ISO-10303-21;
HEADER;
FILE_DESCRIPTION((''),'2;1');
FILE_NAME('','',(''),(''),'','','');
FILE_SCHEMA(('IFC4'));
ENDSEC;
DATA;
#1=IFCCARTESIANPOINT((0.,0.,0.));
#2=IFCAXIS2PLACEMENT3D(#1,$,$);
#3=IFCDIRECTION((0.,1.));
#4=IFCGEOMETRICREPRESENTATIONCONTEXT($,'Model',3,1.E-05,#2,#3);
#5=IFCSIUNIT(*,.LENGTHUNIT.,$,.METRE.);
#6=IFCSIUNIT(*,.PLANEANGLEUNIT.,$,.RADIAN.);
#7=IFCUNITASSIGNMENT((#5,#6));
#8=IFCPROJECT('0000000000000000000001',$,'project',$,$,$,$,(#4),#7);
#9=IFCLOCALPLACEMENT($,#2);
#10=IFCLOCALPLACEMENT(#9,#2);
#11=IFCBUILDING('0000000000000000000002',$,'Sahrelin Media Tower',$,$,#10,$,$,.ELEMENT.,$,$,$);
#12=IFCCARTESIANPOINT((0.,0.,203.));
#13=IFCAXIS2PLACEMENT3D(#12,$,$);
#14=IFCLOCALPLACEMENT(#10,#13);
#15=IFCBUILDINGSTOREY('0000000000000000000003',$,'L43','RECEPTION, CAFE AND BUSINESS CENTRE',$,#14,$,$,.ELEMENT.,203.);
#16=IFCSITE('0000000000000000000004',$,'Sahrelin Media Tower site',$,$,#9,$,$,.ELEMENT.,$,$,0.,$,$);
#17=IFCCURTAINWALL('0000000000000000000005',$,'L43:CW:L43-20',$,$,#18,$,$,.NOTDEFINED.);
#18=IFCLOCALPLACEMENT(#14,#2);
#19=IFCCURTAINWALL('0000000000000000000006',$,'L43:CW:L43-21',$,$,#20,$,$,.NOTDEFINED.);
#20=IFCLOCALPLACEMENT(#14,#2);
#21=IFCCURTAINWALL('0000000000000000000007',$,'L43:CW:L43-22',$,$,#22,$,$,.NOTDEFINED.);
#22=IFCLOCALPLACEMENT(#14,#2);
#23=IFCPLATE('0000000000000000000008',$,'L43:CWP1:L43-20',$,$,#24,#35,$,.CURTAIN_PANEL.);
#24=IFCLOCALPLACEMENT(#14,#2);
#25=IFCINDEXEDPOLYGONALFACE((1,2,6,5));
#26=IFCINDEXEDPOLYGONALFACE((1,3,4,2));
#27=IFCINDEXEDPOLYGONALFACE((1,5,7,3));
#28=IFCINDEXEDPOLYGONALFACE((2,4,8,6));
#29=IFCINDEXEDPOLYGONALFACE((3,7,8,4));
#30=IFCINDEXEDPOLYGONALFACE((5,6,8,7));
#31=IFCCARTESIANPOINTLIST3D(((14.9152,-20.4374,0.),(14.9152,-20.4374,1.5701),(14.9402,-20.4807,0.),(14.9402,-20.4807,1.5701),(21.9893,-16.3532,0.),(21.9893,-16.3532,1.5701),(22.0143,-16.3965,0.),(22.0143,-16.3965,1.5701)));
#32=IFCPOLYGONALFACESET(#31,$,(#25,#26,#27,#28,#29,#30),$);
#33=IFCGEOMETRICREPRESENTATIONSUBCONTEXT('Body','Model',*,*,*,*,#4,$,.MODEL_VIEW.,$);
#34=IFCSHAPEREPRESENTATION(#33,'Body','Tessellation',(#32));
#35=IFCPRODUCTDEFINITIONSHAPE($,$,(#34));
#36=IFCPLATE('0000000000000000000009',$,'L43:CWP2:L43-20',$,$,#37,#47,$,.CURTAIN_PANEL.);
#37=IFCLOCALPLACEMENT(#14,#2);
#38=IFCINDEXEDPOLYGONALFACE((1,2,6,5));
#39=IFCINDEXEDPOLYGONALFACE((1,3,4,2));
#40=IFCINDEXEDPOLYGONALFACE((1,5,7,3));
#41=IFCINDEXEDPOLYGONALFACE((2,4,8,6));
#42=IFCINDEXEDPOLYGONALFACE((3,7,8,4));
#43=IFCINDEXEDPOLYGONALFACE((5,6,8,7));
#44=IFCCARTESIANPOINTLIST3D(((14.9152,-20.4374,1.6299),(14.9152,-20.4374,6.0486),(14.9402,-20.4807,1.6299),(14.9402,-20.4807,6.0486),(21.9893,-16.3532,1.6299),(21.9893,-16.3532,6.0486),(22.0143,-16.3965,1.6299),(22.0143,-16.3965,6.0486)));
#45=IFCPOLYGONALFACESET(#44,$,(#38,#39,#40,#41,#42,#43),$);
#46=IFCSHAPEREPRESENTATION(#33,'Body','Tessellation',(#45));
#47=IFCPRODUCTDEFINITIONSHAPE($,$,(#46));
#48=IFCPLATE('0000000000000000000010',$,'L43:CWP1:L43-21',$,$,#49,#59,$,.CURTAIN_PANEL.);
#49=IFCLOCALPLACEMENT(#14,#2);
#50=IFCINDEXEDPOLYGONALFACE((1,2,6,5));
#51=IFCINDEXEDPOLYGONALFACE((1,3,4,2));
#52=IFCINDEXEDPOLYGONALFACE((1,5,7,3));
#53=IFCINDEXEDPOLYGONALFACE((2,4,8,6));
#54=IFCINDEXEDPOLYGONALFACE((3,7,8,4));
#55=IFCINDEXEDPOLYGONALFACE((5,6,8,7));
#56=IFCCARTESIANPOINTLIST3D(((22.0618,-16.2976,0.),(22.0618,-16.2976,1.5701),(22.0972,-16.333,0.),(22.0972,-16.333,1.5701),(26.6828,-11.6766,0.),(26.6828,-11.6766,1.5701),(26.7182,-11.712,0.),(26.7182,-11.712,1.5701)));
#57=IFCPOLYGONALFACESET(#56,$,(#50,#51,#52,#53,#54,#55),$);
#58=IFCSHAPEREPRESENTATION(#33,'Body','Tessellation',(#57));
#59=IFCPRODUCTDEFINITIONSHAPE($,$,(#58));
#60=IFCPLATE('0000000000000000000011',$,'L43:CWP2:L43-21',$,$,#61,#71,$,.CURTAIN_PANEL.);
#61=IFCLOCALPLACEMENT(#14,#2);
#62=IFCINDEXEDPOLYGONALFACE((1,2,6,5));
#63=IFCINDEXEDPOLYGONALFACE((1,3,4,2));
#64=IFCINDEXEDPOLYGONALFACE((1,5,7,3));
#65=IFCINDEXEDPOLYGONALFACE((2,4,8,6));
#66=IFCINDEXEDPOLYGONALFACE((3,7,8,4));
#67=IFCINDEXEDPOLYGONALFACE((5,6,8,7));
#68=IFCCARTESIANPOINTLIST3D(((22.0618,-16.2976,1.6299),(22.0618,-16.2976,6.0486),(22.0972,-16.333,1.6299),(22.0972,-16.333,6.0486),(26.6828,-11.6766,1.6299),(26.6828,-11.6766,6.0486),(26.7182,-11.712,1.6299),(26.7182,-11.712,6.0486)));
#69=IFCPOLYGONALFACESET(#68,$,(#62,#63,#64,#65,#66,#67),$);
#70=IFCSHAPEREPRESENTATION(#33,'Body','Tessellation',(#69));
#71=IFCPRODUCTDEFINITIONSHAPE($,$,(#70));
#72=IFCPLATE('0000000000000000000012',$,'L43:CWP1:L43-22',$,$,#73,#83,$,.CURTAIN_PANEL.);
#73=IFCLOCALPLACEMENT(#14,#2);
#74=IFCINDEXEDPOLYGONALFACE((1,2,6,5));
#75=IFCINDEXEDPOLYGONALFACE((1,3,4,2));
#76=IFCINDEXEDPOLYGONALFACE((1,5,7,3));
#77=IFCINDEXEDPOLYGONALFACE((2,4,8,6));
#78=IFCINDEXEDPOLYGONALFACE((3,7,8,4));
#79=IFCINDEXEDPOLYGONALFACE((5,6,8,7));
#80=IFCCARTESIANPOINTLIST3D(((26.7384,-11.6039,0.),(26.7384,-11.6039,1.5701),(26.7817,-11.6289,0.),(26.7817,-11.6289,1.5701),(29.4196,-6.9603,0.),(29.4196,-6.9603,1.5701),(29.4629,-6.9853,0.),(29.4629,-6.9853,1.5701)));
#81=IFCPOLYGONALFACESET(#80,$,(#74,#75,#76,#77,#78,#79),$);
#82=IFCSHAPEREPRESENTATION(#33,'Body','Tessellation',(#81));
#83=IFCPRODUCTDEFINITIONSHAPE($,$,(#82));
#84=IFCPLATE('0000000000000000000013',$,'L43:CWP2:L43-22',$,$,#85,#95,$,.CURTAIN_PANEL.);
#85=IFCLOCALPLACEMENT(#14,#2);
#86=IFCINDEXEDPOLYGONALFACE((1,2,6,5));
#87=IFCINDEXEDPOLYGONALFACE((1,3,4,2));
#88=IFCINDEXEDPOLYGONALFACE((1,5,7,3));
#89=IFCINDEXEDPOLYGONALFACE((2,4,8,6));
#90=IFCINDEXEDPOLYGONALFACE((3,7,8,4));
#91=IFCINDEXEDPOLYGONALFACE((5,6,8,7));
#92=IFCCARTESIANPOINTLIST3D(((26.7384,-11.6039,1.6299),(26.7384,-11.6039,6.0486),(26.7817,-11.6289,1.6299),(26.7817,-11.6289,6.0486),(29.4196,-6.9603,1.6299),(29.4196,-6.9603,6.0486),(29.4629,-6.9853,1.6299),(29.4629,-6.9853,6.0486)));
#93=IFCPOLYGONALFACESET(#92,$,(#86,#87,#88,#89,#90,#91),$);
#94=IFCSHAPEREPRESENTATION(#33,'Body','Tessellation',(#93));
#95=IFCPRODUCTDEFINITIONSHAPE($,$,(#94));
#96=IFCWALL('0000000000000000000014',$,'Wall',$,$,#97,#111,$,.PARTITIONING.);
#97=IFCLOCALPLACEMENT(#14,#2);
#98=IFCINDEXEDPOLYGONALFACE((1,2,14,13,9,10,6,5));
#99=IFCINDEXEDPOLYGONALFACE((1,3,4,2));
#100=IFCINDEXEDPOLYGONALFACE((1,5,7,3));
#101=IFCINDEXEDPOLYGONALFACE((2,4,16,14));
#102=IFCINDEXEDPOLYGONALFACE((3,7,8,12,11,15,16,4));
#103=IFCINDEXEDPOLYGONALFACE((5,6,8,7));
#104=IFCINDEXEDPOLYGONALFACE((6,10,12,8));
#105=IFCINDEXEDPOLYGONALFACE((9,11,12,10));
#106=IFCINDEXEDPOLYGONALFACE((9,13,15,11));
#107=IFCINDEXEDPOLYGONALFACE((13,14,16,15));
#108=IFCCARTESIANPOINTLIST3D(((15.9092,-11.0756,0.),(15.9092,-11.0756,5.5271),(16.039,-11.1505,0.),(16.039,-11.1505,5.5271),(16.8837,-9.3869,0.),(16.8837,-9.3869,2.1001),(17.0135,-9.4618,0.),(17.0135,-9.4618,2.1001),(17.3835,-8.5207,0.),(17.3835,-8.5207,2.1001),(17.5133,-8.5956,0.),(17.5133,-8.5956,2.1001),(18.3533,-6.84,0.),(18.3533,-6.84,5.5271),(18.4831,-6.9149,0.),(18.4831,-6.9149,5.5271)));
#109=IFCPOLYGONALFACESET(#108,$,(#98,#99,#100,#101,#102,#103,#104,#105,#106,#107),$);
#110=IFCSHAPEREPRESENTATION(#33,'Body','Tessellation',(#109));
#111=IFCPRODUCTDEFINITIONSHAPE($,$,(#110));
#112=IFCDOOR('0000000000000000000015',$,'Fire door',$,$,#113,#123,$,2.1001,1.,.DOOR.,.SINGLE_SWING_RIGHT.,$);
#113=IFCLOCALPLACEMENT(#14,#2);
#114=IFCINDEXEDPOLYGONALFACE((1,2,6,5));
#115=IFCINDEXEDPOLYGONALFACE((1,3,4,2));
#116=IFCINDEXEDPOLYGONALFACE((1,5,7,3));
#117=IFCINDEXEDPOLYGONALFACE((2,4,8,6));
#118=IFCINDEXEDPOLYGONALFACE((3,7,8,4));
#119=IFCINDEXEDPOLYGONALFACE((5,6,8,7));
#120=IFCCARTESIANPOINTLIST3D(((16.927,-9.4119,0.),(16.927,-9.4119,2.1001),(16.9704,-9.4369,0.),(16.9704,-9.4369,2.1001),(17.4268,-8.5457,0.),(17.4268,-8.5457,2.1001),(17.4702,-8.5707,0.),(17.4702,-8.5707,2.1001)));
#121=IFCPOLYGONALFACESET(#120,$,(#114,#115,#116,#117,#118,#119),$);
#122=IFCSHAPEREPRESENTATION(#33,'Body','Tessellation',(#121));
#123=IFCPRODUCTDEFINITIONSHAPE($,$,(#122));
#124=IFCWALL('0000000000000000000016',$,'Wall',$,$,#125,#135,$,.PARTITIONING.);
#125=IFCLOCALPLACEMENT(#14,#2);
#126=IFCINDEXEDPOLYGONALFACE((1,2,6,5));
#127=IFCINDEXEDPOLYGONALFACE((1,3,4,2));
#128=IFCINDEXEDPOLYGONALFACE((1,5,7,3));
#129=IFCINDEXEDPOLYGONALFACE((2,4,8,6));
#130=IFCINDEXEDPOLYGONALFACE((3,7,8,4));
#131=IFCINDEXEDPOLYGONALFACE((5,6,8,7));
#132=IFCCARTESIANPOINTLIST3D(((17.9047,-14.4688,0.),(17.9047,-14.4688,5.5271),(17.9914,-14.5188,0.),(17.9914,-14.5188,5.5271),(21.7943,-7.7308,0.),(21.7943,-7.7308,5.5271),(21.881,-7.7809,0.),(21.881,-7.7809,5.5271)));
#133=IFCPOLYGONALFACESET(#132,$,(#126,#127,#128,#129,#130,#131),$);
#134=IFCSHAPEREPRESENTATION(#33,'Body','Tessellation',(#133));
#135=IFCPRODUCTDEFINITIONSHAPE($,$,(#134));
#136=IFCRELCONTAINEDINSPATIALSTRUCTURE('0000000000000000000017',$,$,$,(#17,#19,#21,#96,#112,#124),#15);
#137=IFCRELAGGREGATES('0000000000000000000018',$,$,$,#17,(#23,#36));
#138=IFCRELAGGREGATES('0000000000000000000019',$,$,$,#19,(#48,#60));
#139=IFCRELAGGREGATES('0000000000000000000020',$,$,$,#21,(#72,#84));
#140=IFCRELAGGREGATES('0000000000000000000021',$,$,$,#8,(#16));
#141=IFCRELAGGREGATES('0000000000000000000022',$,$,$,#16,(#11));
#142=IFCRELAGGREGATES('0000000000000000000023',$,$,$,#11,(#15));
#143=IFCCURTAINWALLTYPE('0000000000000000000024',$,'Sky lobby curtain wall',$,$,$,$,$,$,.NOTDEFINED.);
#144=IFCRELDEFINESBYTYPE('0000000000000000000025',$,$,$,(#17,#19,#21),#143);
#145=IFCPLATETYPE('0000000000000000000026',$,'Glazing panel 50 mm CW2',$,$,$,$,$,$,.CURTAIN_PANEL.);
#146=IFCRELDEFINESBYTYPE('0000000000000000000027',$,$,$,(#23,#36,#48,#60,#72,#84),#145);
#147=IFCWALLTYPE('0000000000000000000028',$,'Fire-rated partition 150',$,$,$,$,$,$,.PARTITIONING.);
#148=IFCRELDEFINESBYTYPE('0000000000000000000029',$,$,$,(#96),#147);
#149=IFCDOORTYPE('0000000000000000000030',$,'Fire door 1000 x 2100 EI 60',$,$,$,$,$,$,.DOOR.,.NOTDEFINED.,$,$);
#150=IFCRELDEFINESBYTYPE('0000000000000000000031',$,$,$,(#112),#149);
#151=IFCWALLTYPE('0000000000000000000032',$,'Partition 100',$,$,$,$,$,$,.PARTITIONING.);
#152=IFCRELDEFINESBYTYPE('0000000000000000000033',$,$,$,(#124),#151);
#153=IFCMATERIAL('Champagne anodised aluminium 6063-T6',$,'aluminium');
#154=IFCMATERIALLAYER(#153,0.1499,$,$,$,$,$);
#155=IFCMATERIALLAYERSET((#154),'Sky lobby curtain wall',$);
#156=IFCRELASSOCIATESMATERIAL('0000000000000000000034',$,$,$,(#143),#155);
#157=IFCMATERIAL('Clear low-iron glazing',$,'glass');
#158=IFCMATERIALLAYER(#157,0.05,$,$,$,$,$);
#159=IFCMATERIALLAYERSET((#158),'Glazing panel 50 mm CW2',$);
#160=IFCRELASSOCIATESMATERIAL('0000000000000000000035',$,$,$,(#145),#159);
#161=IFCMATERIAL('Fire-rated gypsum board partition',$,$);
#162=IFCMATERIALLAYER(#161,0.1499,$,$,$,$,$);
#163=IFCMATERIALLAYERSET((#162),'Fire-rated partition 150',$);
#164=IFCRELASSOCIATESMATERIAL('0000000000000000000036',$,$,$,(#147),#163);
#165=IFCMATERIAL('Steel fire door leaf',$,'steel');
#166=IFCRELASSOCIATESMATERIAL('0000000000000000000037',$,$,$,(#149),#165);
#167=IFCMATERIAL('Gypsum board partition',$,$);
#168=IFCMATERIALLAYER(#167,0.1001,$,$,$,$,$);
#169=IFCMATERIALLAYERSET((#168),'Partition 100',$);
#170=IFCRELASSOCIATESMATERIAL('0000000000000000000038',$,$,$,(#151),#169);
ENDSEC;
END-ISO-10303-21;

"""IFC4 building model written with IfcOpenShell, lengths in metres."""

from ifc_helpers import new_model, si_unit, direction, frame, frame_2d, origin, place, context, subcontext, project, spatial, polyline, rectangle, outline, extrude, material, layer, layer_set, type_object, element, fill, aggregate, save


model = new_model("IFC4")

# Units and contexts
model_context = context("Model", 3, precision=1e-05, world=origin(), true_north=direction((0.0, 1.0)))
body_context = subcontext(model_context, "Body", "Model", "MODEL_VIEW")
ifc_project = project(units=[si_unit("LENGTHUNIT", "METRE"), si_unit("PLANEANGLEUNIT", "RADIAN")], contexts=[model_context])

# Site, building, storey
site_placement = place(None, origin())
site = spatial("IfcSite", under=ifc_project, at=site_placement, Name="Sahrelin Media Tower site", CompositionType="ELEMENT", RefElevation=0.0)
building_placement = place(site_placement, origin())
building = spatial("IfcBuilding", under=site, at=building_placement, Name="Sahrelin Media Tower", CompositionType="ELEMENT")
storey_placement = place(building_placement, frame((0.0, 0.0, 203.0)))
storey = spatial("IfcBuildingStorey", under=building, at=storey_placement, Name="L43", Description="RECEPTION, CAFE AND BUSINESS CENTRE", CompositionType="ELEMENT", Elevation=203.0)

# Curtain walls
ifc_material_1 = material(Name="Champagne anodised aluminium 6063-T6", Category="aluminium")
ifc_layer_1 = layer(ifc_material_1, 0.1499)
ifc_layer_set_1 = layer_set([ifc_layer_1], Name="Sky lobby curtain wall")
curtain_wall_type = type_object("IfcCurtainWallType", Name="Sky lobby curtain wall", PredefinedType="NOTDEFINED", material=ifc_layer_set_1)
curtain_wall_1_placement = place(storey_placement, frame((18.4673, -18.4211, 0.0), z_axis=(0.0, 0.0, 1.0), x_axis=(1.0, 0.0, 0.0)))
curtain_wall_1 = element("IfcCurtainWall", 1, at=curtain_wall_1_placement, inside=storey, type_object=curtain_wall_type, Name="L43:CW:L43-20", PredefinedType="NOTDEFINED")
curtain_wall_2_placement = place(storey_placement, frame((24.3936, -14.0083, 0.0), z_axis=(0.0, 0.0, 1.0), x_axis=(1.0, 0.0, 0.0)))
curtain_wall_2 = element("IfcCurtainWall", 2, at=curtain_wall_2_placement, inside=storey, type_object=curtain_wall_type, Name="L43:CW:L43-21", PredefinedType="NOTDEFINED")

# Curtain wall
curtain_wall_3_placement = place(storey_placement, frame((28.105, -9.2971, 0.0), z_axis=(0.0, 0.0, 1.0), x_axis=(1.0, 0.0, 0.0)))
curtain_wall_3 = element("IfcCurtainWall", 3, at=curtain_wall_3_placement, inside=storey, type_object=curtain_wall_type, Name="L43:CW:L43-22", PredefinedType="NOTDEFINED")

# Plates
ifc_material_2 = material(Name="Clear low-iron glazing", Category="glass")
ifc_layer_2 = layer(ifc_material_2, 0.05)
ifc_layer_set_2 = layer_set([ifc_layer_2], Name="Glazing panel 50 mm CW2")
plate_type = type_object("IfcPlateType", Name="Glazing panel 50 mm CW2", PredefinedType="CURTAIN_PANEL", material=ifc_layer_set_2)
plate_1_placement = place(storey_placement, frame((14.9402, -20.4807, 0.0), z_axis=(0.499993, -0.866029, 0.0), x_axis=(0.866029, 0.499993, 0.0)))
plate_1 = element("IfcPlate", 4, at=plate_1_placement, type_object=plate_type, Name="L43:CWP1:L43-20", PredefinedType="CURTAIN_PANEL", context=body_context, shape_type="SweptSolid", body=[
    extrude(outline(polyline([(0.0, 0.0), (8.1685, 0.0), (8.1685, 1.5701), (0.0, 1.5701), (0.0, 0.0)])), origin(), (0.0, 0.0, -1.0), 0.05),
])
plate_2_placement = place(storey_placement, frame((14.9402, -20.4807, 1.6299), z_axis=(0.499993, -0.866029, 0.0), x_axis=(0.866029, 0.499993, 0.0)))
plate_2 = element("IfcPlate", 5, at=plate_2_placement, type_object=plate_type, Name="L43:CWP2:L43-20", PredefinedType="CURTAIN_PANEL", context=body_context, shape_type="SweptSolid", body=[
    extrude(outline(polyline([(0.0, 0.0), (8.1685, 0.0), (8.1685, 4.4187), (0.0, 4.4187), (0.0, 0.0)])), origin(), (0.0, 0.0, -1.0), 0.05),
])
aggregate(curtain_wall_1, [plate_1, plate_2])
plate_3_placement = place(storey_placement, frame((22.0972, -16.333, 0.0), z_axis=(0.707107, -0.707107, 0.0), x_axis=(0.707107, 0.707107, 0.0)))
plate_3 = element("IfcPlate", 6, at=plate_3_placement, type_object=plate_type, Name="L43:CWP1:L43-21", PredefinedType="CURTAIN_PANEL", context=body_context, shape_type="SweptSolid", body=[
    extrude(outline(polyline([(0.0, 0.0), (6.5352, 0.0), (6.5352, 1.5701), (0.0, 1.5701), (0.0, 0.0)])), origin(), (0.0, 0.0, -1.0), 0.05),
])
plate_4_placement = place(storey_placement, frame((22.0972, -16.333, 1.6299), z_axis=(0.707107, -0.707107, 0.0), x_axis=(0.707107, 0.707107, 0.0)))
plate_4 = element("IfcPlate", 7, at=plate_4_placement, type_object=plate_type, Name="L43:CWP2:L43-21", PredefinedType="CURTAIN_PANEL", context=body_context, shape_type="SweptSolid", body=[
    extrude(outline(polyline([(0.0, 0.0), (6.5352, 0.0), (6.5352, 4.4187), (0.0, 4.4187), (0.0, 0.0)])), origin(), (0.0, 0.0, -1.0), 0.05),
])
aggregate(curtain_wall_2, [plate_3, plate_4])
plate_5_placement = place(storey_placement, frame((26.7817, -11.6289, 0.0), z_axis=(0.86601, -0.500027, 0.0), x_axis=(0.500027, 0.86601, 0.0)))
plate_5 = element("IfcPlate", 8, at=plate_5_placement, type_object=plate_type, Name="L43:CWP1:L43-22", PredefinedType="CURTAIN_PANEL", context=body_context, shape_type="SweptSolid", body=[
    extrude(outline(polyline([(0.0, 0.0), (5.3621, 0.0), (5.3621, 1.5701), (0.0, 1.5701), (0.0, 0.0)])), origin(), (0.0, 0.0, -1.0), 0.05),
])
plate_6_placement = place(storey_placement, frame((26.7817, -11.6289, 1.6299), z_axis=(0.86601, -0.500027, 0.0), x_axis=(0.500027, 0.86601, 0.0)))
plate_6 = element("IfcPlate", 9, at=plate_6_placement, type_object=plate_type, Name="L43:CWP2:L43-22", PredefinedType="CURTAIN_PANEL", context=body_context, shape_type="SweptSolid", body=[
    extrude(outline(polyline([(0.0, 0.0), (5.3621, 0.0), (5.3621, 4.4187), (0.0, 4.4187), (0.0, 0.0)])), origin(), (0.0, 0.0, -1.0), 0.05),
])
aggregate(curtain_wall_3, [plate_5, plate_6])

# Wall, opening, door
ifc_material_3 = material(Name="Fire-rated gypsum board partition")
ifc_layer_3 = layer(ifc_material_3, 0.1499)
ifc_layer_set_3 = layer_set([ifc_layer_3], Name="Fire-rated partition 150")
wall_type_1 = type_object("IfcWallType", Name="Fire-rated partition 150", PredefinedType="PARTITIONING", material=ifc_layer_set_3)
wall_1_placement = place(storey_placement, frame((15.9741, -11.113, 0.0), z_axis=(0.0, 0.0, 1.0), x_axis=(0.499796, 0.866143, 0.0)))
wall_1 = element("IfcWall", 10, at=wall_1_placement, inside=storey, type_object=wall_type_1, Name="Wall", PredefinedType="PARTITIONING", context=body_context, shape_type="SweptSolid", body=[
    extrude(rectangle(XDim=4.8901, YDim=0.1499, at=frame_2d((2.4451, 0.0))), origin(), (0.0, 0.0, 1.0), 5.5271),
])
opening_placement = place(wall_1_placement, frame((1.9497, 0.0, 0.0)))
opening = element("IfcOpeningElement", 11, at=opening_placement, cuts=wall_1, PredefinedType="OPENING", context=body_context, shape_type="SweptSolid", body=[
    extrude(rectangle(XDim=1.0, YDim=2.1001, at=frame_2d((0.5, 1.05))), frame((0.0, 0.075, 0.0), z_axis=(0.0, -1.0, 0.0), x_axis=(1.0, 0.0, 0.0)), (0.0, 0.0, 1.0), 0.1499),
])
ifc_material_4 = material(Name="Steel fire door leaf", Category="steel")
door_type = type_object("IfcDoorType", Name="Fire door 1000 x 2100 EI 60", OperationType="NOTDEFINED", PredefinedType="DOOR", material=ifc_material_4)
door_placement = place(opening_placement, origin())
door = element("IfcDoor", 12, at=door_placement, inside=storey, type_object=door_type, Name="Fire door", OperationType="SINGLE_SWING_RIGHT", OverallHeight=2.1001, OverallWidth=1.0, PredefinedType="DOOR", context=body_context, shape_type="SweptSolid", body=[
    extrude(rectangle(XDim=1.0, YDim=2.1001, at=frame_2d((0.5, 1.05))), frame((0.0, 0.0249, 0.0), z_axis=(0.0, -1.0, 0.0), x_axis=(1.0, 0.0, 0.0)), (0.0, 0.0, 1.0), 0.05),
])
fill(opening, door)

# Wall
ifc_material_5 = material(Name="Gypsum board partition")
ifc_layer_4 = layer(ifc_material_5, 0.1001)
ifc_layer_set_4 = layer_set([ifc_layer_4], Name="Partition 100")
wall_type_2 = type_object("IfcWallType", Name="Partition 100", PredefinedType="PARTITIONING", material=ifc_layer_set_4)
wall_2_placement = place(storey_placement, frame((17.948, -14.4939, 0.0), z_axis=(0.0, 0.0, 1.0), x_axis=(0.499946, 0.866057, 0.0)))
element("IfcWall", 13, at=wall_2_placement, inside=storey, type_object=wall_type_2, Name="Wall", PredefinedType="PARTITIONING", context=body_context, shape_type="SweptSolid", body=[
    extrude(rectangle(XDim=7.78, YDim=0.1001, at=frame_2d((3.8901, 0.0))), origin(), (0.0, 0.0, 1.0), 5.5271),
])

save(model, "model.ifc")
